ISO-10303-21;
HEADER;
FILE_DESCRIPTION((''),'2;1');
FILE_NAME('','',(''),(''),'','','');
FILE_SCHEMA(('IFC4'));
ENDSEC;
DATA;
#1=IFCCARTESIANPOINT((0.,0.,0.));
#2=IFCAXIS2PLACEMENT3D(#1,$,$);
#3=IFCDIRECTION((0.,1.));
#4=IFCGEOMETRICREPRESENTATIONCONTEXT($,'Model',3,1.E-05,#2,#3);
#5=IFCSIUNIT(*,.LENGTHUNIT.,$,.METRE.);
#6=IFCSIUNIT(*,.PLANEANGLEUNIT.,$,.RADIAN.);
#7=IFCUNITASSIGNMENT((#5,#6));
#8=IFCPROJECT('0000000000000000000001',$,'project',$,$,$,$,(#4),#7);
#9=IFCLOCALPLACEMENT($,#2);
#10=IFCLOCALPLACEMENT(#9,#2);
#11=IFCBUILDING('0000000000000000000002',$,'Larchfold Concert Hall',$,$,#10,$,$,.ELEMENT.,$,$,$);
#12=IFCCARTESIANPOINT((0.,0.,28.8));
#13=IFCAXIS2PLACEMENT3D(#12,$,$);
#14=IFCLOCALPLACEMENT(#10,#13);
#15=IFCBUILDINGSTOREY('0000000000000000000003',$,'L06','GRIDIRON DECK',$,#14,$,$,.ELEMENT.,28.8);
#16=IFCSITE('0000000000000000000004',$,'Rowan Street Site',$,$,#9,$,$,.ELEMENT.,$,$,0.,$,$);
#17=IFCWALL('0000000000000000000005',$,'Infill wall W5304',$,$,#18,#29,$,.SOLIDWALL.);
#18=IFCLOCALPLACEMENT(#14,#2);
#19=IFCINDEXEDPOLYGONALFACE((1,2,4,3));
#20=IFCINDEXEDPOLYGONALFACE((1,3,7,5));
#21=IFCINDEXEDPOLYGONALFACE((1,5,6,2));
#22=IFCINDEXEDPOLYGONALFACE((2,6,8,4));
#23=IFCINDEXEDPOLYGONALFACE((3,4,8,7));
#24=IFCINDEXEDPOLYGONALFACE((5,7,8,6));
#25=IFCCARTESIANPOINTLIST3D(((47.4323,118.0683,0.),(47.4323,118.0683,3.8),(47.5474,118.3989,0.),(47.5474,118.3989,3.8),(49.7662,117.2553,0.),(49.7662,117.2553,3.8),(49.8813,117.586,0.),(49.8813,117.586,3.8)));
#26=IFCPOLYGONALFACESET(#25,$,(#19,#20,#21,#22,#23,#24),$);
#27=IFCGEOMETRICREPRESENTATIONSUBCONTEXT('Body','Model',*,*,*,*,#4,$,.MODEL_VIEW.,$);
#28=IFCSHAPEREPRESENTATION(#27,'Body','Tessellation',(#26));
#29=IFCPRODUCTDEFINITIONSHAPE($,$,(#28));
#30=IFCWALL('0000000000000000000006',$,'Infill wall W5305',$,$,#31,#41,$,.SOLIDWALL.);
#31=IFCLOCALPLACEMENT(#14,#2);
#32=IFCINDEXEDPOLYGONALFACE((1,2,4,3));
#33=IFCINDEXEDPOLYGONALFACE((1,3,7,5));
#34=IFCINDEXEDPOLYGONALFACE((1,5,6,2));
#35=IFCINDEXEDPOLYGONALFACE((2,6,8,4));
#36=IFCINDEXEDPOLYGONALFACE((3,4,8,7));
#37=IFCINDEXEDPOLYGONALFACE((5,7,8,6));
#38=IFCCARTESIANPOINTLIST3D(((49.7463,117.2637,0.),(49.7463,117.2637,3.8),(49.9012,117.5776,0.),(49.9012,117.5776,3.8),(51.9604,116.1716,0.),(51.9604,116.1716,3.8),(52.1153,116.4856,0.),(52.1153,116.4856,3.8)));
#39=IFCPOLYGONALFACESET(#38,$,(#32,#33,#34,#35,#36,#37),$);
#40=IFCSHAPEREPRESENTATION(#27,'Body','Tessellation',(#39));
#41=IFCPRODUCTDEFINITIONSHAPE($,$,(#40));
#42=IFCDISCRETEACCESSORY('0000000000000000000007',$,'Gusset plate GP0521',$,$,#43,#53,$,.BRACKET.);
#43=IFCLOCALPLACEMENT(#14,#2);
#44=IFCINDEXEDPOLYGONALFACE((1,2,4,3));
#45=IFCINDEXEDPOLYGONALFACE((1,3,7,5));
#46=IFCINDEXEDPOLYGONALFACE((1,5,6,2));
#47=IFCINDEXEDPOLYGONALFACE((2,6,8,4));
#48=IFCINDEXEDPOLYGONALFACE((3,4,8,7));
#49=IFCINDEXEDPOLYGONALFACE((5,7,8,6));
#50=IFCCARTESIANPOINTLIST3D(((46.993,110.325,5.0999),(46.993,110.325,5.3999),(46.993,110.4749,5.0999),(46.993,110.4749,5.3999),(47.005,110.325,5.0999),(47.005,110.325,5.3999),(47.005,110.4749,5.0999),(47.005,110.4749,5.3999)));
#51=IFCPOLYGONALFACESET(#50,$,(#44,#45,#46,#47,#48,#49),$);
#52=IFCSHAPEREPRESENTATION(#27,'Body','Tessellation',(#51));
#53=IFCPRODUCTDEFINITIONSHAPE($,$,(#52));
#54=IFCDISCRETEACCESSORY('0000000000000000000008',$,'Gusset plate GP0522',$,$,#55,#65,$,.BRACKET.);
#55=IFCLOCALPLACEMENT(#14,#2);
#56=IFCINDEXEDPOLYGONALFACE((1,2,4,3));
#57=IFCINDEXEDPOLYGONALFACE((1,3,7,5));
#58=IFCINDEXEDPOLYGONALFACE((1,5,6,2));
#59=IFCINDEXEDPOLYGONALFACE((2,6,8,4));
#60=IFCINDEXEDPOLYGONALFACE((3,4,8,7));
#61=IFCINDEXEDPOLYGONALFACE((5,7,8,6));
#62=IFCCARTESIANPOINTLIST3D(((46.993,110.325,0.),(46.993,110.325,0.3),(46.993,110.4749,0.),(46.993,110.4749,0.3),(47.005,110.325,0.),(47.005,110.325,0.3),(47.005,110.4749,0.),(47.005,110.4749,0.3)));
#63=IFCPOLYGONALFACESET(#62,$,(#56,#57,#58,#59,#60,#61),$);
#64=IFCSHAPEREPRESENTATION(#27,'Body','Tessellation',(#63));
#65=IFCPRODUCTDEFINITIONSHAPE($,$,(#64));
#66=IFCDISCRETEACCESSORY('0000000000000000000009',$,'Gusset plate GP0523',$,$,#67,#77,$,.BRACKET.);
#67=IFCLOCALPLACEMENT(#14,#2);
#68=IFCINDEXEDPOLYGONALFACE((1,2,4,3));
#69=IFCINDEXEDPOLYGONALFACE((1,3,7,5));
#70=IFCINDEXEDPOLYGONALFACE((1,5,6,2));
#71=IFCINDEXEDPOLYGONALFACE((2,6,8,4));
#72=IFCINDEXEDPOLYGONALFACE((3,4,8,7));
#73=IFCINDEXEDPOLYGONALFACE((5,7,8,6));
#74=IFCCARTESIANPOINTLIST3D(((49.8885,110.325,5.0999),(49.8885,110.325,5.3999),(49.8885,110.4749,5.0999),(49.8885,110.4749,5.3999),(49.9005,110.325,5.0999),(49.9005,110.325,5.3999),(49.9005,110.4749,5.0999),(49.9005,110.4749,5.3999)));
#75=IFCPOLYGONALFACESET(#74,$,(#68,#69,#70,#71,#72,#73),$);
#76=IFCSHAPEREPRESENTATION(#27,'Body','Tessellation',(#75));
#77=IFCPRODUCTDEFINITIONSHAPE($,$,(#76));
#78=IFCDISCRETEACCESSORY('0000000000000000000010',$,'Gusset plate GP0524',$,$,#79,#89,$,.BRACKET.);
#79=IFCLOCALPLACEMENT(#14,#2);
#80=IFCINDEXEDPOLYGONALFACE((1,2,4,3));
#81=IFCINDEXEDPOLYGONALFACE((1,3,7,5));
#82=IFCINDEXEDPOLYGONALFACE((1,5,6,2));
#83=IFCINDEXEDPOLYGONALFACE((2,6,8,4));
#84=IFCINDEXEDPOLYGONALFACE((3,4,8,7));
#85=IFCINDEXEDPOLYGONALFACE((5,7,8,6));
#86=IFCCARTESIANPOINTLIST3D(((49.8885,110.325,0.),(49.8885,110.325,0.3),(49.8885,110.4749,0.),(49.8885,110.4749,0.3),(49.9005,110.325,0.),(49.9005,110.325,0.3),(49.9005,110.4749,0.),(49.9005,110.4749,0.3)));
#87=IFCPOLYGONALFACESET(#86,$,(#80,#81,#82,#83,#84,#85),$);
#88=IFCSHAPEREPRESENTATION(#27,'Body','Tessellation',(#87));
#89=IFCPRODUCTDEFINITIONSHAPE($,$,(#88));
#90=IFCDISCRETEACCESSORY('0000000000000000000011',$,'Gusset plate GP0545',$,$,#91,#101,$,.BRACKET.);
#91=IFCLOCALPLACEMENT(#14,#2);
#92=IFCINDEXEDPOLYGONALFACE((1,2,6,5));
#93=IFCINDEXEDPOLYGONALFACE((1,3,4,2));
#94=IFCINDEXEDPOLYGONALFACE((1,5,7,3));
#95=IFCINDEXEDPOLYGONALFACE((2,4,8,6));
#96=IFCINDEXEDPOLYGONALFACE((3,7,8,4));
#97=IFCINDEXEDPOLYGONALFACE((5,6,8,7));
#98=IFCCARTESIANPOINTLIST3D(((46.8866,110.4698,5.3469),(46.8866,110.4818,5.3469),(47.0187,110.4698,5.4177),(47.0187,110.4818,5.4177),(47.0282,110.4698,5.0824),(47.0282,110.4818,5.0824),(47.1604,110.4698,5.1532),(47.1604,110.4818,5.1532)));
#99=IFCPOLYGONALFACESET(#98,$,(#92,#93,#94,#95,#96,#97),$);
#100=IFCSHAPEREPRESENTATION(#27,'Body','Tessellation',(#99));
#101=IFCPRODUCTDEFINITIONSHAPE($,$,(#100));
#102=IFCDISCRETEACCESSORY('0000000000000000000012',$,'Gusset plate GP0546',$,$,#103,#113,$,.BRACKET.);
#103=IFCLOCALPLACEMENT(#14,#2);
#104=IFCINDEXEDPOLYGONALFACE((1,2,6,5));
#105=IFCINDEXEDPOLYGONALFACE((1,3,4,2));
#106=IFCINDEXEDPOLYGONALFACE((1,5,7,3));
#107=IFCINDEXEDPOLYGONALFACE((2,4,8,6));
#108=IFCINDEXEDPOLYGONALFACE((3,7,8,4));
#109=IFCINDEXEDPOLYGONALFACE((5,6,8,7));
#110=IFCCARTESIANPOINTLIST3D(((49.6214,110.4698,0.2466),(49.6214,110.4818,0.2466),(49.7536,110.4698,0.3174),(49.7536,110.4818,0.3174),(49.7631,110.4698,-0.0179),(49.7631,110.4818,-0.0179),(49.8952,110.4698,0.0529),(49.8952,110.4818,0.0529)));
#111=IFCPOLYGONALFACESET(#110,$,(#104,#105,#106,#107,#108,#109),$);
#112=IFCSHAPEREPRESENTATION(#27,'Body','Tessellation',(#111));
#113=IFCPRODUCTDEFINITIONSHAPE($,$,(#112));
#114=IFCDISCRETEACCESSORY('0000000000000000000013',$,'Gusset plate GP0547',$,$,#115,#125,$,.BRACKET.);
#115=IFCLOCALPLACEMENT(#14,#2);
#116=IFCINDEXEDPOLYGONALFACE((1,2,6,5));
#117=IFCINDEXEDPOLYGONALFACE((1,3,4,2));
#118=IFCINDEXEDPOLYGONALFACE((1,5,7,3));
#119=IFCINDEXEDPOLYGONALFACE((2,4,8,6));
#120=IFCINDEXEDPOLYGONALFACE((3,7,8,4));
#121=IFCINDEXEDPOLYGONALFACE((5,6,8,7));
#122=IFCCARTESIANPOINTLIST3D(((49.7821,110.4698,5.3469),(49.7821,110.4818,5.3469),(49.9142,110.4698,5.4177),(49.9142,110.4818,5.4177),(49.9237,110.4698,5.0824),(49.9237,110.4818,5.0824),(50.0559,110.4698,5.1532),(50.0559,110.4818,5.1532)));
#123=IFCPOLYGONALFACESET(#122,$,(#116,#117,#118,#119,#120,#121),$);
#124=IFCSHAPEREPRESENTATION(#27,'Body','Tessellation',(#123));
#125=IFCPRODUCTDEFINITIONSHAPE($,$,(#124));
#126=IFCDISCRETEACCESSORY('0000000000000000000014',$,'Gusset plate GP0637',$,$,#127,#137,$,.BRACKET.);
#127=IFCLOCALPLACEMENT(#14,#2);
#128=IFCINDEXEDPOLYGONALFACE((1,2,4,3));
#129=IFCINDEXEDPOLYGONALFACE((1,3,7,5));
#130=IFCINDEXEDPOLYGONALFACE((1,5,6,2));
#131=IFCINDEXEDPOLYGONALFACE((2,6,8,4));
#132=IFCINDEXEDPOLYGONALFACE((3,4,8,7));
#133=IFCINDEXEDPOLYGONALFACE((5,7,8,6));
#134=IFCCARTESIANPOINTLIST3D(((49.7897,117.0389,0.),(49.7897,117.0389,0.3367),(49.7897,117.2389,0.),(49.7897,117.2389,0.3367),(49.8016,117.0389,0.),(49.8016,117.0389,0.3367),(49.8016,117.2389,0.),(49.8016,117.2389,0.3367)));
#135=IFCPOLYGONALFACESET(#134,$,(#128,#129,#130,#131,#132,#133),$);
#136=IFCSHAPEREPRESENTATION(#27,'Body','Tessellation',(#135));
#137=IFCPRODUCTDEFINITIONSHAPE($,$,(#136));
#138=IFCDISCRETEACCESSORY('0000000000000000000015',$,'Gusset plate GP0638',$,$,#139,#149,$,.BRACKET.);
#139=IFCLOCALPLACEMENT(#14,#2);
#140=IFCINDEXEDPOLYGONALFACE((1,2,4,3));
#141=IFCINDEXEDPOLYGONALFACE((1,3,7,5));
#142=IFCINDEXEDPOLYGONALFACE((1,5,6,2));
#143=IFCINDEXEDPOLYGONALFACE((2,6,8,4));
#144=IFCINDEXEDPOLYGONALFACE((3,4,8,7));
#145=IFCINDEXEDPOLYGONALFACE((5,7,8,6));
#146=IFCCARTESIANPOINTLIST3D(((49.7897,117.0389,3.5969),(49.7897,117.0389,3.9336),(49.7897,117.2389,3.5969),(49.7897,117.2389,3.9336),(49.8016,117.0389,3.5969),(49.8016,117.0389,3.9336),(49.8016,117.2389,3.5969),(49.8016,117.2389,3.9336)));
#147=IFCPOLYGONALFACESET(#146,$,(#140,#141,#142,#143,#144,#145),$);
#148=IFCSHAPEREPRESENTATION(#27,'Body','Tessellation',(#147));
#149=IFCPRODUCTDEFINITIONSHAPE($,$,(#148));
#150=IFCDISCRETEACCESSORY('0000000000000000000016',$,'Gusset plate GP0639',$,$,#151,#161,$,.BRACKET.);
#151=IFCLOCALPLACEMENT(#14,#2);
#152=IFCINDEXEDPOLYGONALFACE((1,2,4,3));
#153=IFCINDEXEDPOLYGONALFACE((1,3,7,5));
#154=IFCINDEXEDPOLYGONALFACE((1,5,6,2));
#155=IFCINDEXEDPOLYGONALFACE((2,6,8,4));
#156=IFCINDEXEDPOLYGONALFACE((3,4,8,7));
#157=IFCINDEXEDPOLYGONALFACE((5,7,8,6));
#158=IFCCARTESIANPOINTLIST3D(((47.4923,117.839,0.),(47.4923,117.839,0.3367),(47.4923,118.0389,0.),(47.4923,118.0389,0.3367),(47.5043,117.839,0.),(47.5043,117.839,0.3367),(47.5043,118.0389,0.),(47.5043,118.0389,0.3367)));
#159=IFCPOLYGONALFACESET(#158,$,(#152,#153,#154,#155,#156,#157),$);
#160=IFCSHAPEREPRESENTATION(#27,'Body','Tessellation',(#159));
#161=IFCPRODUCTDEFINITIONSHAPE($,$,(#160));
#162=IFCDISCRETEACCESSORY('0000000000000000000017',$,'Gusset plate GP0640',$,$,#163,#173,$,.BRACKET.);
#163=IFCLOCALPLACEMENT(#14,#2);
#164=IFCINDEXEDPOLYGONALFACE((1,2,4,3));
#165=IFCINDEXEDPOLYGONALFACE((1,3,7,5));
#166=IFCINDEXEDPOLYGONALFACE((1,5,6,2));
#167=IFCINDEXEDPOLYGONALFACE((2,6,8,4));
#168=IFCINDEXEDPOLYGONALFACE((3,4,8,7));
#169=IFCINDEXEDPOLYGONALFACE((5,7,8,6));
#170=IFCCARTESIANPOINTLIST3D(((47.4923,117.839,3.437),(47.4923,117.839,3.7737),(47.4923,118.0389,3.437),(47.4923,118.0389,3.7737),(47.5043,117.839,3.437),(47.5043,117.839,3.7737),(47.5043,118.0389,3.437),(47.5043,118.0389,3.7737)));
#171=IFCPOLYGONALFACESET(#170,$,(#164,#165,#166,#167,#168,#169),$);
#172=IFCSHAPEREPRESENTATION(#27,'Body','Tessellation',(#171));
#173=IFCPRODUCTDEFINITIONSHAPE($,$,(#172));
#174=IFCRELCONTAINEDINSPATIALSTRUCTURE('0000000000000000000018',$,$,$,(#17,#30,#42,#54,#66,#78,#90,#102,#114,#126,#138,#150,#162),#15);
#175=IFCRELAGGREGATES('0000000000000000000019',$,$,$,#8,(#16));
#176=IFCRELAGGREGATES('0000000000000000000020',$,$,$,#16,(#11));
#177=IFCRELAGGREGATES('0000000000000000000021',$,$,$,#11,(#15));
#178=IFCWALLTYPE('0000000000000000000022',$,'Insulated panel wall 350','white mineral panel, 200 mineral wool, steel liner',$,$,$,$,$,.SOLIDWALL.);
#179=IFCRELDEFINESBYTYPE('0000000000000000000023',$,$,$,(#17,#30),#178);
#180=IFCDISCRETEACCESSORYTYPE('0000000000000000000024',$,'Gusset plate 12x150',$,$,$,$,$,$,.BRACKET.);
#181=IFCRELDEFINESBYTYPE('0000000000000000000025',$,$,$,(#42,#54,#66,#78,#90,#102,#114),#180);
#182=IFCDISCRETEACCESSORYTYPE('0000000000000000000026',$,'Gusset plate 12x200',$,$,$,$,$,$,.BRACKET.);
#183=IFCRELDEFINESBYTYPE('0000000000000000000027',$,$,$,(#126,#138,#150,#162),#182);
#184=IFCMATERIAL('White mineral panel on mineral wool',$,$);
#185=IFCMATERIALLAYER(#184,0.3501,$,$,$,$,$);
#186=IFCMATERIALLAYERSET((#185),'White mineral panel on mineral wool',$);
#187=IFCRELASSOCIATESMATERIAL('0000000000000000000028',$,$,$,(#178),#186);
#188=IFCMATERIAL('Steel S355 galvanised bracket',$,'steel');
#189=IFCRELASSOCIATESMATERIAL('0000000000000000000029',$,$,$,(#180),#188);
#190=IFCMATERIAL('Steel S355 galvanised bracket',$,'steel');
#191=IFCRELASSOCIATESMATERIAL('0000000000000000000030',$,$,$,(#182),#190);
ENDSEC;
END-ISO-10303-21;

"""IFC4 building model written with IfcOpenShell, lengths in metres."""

from ifc_helpers import new_model, si_unit, direction, frame, frame_2d, origin, origin_2d, place, context, subcontext, project, spatial, rectangle, extrude, material, layer, layer_set, material_profile, profile_set, type_object, element, save


model = new_model("IFC4")

# Units and contexts
model_context = context("Model", 3, precision=1e-05, world=origin(), true_north=direction((0.0, 1.0)))
body_context = subcontext(model_context, "Body", "Model", "MODEL_VIEW")
ifc_project = project(units=[si_unit("LENGTHUNIT", "METRE"), si_unit("PLANEANGLEUNIT", "RADIAN")], contexts=[model_context])

# Site, building, storey
site_placement = place(None, origin())
site = spatial("IfcSite", under=ifc_project, at=site_placement, Name="Rowan Street Site", CompositionType="ELEMENT", RefElevation=0.0)
building_placement = place(site_placement, origin())
building = spatial("IfcBuilding", under=site, at=building_placement, Name="Larchfold Concert Hall", CompositionType="ELEMENT")
storey_placement = place(building_placement, frame((0.0, 0.0, 28.8)))
storey = spatial("IfcBuildingStorey", under=building, at=storey_placement, Name="L06", Description="GRIDIRON DECK", CompositionType="ELEMENT", Elevation=28.8)

# Walls
ifc_material_1 = material(Name="White mineral panel on mineral wool")
ifc_layer = layer(ifc_material_1, 0.3501)
ifc_layer_set = layer_set([ifc_layer], Name="White mineral panel on mineral wool")
wall_type = type_object("IfcWallType", Name="Insulated panel wall 350", Description="white mineral panel, 200 mineral wool, steel liner", PredefinedType="SOLIDWALL", material=ifc_layer_set)
wall_1_placement = place(storey_placement, frame((47.4897, 118.2336, 0.0), z_axis=(0.0, 0.0, 1.0), x_axis=(0.94435, -0.328942, 0.0)))
element("IfcWall", 1, at=wall_1_placement, inside=storey, type_object=wall_type, Name="Infill wall W5304", PredefinedType="SOLIDWALL", context=body_context, shape_type="SweptSolid", body=[
    extrude(rectangle(XDim=2.4714, YDim=0.3501, at=frame_2d((1.2358, 0.0))), origin(), (0.0, 0.0, 1.0), 3.8),
])
wall_2_placement = place(storey_placement, frame((49.8237, 117.4207, 0.0), z_axis=(0.0, 0.0, 1.0), x_axis=(0.896847, -0.442342, 0.0)))
element("IfcWall", 2, at=wall_2_placement, inside=storey, type_object=wall_type, Name="Infill wall W5305", PredefinedType="SOLIDWALL", context=body_context, shape_type="SweptSolid", body=[
    extrude(rectangle(XDim=2.4688, YDim=0.3501, at=frame_2d((1.2344, 0.0))), origin(), (0.0, 0.0, 1.0), 3.8),
])

# Discrete accessories
ifc_material_2 = material(Name="Steel S355 galvanised bracket", Category="steel")
ifc_material_profile_1 = material_profile(ifc_material_2, rectangle(XDim=0.012, YDim=0.1499, at=origin_2d()))
ifc_profile_set_1 = profile_set([ifc_material_profile_1], Name="Steel S355 galvanised bracket")
discrete_accessory_type_1 = type_object("IfcDiscreteAccessoryType", Name="Gusset plate 12x150", PredefinedType="BRACKET", material=ifc_profile_set_1)
for number, where, z_axis, x_axis, name in (
    (3, (46.999, 110.3999, 5.3999), (0.0, 0.0, -1.0), (1.0, 0.0, 0.0), "Gusset plate GP0521"),
    (4, (46.999, 110.3999, 0.3), (0.0, 0.0, -1.0), (1.0, 0.0, 0.0), "Gusset plate GP0522"),
    (5, (49.8945, 110.3999, 5.3999), (0.0, 0.0, -1.0), (1.0, 0.0, 0.0), "Gusset plate GP0523"),
    (6, (49.8945, 110.3999, 0.3), (0.0, 0.0, -1.0), (1.0, 0.0, 0.0), "Gusset plate GP0524"),
    (7, (46.9526, 110.4758, 5.3823), (0.472108, 0.0, -0.88154), (0.0, 1.0, 0.0), "Gusset plate GP0545"),
    (8, (49.6875, 110.4758, 0.282), (0.472108, 0.0, -0.88154), (0.0, 1.0, 0.0), "Gusset plate GP0546"),
    (9, (49.8481, 110.4758, 5.3823), (0.472108, 0.0, -0.88154), (0.0, 1.0, 0.0), "Gusset plate GP0547"),
):
    element("IfcDiscreteAccessory", number, at=place(storey_placement, frame(where, z_axis=z_axis, x_axis=x_axis)), inside=storey, type_object=discrete_accessory_type_1, Name=name, PredefinedType="BRACKET", context=body_context, shape_type="SweptSolid", body=[
        extrude(rectangle(XDim=0.012, YDim=0.1499, at=origin_2d()), origin(), (0.0, 0.0, 1.0), 0.3),
    ])
ifc_material_3 = material(Name="Steel S355 galvanised bracket", Category="steel")
ifc_material_profile_2 = material_profile(ifc_material_3, rectangle(XDim=0.012, YDim=0.2, at=origin_2d()))
ifc_profile_set_2 = profile_set([ifc_material_profile_2], Name="Steel S355 galvanised bracket")
discrete_accessory_type_2 = type_object("IfcDiscreteAccessoryType", Name="Gusset plate 12x200", PredefinedType="BRACKET", material=ifc_profile_set_2)
for number, where, z_axis, x_axis, name in (
    (10, (49.7957, 117.1389, 0.0), (0.0, 0.0, 1.0), (1.0, 0.0, 0.0), "Gusset plate GP0637"),
    (11, (49.7957, 117.1389, 3.5969), (0.0, 0.0, 1.0), (1.0, 0.0, 0.0), "Gusset plate GP0638"),
    (12, (47.4983, 117.939, 0.0), (0.0, 0.0, 1.0), (1.0, 0.0, 0.0), "Gusset plate GP0639"),
    (13, (47.4983, 117.939, 3.437), (0.0, 0.0, 1.0), (1.0, 0.0, 0.0), "Gusset plate GP0640"),
):
    element("IfcDiscreteAccessory", number, at=place(storey_placement, frame(where, z_axis=z_axis, x_axis=x_axis)), inside=storey, type_object=discrete_accessory_type_2, Name=name, PredefinedType="BRACKET", context=body_context, shape_type="SweptSolid", body=[
        extrude(rectangle(XDim=0.012, YDim=0.2, at=origin_2d()), origin(), (0.0, 0.0, 1.0), 0.3367),
    ])

save(model, "model.ifc")
